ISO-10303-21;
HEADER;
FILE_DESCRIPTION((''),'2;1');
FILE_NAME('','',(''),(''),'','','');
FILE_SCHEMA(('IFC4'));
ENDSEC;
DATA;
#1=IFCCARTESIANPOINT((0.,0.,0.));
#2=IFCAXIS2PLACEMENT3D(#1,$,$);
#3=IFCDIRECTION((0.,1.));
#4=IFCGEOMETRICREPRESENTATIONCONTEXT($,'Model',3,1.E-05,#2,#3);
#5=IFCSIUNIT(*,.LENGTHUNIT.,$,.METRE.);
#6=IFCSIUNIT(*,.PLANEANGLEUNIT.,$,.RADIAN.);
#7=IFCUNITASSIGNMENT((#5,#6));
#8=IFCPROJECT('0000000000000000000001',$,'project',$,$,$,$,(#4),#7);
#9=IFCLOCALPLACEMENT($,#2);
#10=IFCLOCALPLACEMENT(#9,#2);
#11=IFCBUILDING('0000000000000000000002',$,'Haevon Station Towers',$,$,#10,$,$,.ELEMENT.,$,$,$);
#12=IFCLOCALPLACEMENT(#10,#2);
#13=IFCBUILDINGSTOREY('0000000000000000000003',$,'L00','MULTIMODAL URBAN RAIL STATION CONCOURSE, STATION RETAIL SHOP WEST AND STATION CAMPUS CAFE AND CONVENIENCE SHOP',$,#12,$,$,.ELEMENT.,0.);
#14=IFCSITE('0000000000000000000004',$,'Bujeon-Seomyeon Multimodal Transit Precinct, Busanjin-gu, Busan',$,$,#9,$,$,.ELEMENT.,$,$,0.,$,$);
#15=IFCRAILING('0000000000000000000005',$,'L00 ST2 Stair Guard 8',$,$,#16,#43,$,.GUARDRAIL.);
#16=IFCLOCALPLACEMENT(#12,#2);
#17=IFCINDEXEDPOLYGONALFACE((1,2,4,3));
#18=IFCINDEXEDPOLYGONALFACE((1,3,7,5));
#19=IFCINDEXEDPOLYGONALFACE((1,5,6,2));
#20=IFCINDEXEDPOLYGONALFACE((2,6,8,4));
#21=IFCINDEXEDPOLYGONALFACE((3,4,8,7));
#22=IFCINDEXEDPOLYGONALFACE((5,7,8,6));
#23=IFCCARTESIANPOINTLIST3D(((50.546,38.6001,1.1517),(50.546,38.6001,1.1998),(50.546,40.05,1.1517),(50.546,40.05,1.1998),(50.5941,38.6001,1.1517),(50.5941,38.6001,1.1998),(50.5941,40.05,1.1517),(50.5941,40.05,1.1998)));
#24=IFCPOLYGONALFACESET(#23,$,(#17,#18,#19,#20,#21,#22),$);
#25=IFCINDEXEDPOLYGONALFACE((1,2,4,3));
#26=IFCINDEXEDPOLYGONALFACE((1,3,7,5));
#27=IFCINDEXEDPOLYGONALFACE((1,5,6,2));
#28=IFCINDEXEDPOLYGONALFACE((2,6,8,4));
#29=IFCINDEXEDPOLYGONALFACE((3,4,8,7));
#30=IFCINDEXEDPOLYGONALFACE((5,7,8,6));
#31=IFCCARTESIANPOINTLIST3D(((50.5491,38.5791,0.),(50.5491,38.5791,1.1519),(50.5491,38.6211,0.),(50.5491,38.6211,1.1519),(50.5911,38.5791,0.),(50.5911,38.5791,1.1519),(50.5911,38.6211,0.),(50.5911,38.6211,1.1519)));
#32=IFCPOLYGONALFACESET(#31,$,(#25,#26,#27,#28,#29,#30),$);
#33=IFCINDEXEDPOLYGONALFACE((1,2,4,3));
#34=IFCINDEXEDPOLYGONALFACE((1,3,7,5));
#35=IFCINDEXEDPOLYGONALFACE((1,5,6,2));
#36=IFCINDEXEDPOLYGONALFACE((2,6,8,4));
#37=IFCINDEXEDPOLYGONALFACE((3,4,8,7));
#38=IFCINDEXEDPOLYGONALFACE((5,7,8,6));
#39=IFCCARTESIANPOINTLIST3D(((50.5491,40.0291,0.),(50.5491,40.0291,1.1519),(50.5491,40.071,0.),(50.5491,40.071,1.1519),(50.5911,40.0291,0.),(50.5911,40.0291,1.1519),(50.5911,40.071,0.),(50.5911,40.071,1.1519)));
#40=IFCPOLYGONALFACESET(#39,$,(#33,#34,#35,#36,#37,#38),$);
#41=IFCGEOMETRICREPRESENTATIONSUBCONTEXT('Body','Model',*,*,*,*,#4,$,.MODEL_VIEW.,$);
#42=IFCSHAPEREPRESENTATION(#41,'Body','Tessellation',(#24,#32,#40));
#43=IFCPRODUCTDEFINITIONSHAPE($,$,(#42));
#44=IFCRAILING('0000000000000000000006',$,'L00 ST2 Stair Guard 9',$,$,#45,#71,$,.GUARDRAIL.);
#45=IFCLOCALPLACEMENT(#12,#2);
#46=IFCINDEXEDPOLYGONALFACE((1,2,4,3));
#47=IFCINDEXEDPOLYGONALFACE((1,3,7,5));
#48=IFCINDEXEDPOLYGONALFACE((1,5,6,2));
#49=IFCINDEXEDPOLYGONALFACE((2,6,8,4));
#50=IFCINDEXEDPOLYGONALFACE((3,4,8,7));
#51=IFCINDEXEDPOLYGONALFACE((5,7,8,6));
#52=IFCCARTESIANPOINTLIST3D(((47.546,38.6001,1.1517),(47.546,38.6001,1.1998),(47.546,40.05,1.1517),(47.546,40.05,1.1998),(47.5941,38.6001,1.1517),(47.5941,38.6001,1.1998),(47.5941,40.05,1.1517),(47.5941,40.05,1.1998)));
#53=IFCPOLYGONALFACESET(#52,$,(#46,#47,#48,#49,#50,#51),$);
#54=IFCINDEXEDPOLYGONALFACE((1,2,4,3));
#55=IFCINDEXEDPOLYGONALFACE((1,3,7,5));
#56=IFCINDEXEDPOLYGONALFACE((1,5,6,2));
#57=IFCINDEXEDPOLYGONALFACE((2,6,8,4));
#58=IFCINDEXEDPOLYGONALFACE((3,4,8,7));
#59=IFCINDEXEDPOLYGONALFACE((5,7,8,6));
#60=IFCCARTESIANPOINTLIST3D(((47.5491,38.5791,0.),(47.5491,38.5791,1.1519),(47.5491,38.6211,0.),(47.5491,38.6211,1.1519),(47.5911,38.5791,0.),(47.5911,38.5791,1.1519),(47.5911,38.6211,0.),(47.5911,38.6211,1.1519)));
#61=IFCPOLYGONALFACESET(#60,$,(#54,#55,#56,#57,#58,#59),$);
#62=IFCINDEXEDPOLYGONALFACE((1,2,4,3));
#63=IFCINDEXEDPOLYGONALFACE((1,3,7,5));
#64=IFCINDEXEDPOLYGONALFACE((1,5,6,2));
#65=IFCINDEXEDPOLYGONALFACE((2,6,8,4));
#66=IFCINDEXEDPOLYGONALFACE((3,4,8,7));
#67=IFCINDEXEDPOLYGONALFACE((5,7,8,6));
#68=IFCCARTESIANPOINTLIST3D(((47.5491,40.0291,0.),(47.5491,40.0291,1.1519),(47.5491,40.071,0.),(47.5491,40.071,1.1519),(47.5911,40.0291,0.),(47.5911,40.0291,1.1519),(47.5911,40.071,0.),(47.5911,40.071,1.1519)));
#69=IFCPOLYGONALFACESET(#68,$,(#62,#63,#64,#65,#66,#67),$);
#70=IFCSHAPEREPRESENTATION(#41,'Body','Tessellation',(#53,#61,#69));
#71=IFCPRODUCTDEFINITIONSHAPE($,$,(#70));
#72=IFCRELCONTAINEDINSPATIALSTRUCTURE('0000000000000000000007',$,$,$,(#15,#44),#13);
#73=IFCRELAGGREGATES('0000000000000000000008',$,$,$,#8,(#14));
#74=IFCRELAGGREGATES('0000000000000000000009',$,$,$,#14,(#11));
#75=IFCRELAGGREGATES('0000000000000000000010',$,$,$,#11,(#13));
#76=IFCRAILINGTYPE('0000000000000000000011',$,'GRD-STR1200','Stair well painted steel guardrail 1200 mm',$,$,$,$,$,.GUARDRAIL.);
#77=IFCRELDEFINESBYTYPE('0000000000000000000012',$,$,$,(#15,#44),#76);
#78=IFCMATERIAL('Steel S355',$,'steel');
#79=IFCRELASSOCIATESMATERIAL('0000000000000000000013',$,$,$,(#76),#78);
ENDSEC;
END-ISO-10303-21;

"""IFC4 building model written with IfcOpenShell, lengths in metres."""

from ifc_helpers import new_model, si_unit, direction, frame, origin, origin_2d, place, context, subcontext, project, spatial, rectangle, extrude, material, type_object, element, save


model = new_model("IFC4")

# Units and contexts
model_context = context("Model", 3, precision=1e-05, world=origin(), true_north=direction((0.0, 1.0)))
body_context = subcontext(model_context, "Body", "Model", "MODEL_VIEW")
ifc_project = project(units=[si_unit("LENGTHUNIT", "METRE"), si_unit("PLANEANGLEUNIT", "RADIAN")], contexts=[model_context])

# Site, building, storey
site_placement = place(None, origin())
site = spatial("IfcSite", under=ifc_project, at=site_placement, Name="Bujeon-Seomyeon Multimodal Transit Precinct, Busanjin-gu, Busan", CompositionType="ELEMENT", RefElevation=0.0)
building_placement = place(site_placement, origin())
building = spatial("IfcBuilding", under=site, at=building_placement, Name="Haevon Station Towers", CompositionType="ELEMENT")
storey_placement = place(building_placement, origin())
storey = spatial("IfcBuildingStorey", under=building, at=storey_placement, Name="L00", Description="MULTIMODAL URBAN RAIL STATION CONCOURSE, STATION RETAIL SHOP WEST AND STATION CAMPUS CAFE AND CONVENIENCE SHOP", CompositionType="ELEMENT", Elevation=0.0)

# Shared definitions
ifc_material_1 = material(Name="Steel S355", Category="steel")

# Railings
railing_type = type_object("IfcRailingType", Name="GRD-STR1200", Description="Stair well painted steel guardrail 1200 mm", PredefinedType="GUARDRAIL", material=ifc_material_1)
for number, where, name in (
    (1, (50.5701, 38.6001, 0.0), "L00 ST2 Stair Guard 8"),
    (2, (47.5701, 38.6001, 0.0), "L00 ST2 Stair Guard 9"),
):
    element("IfcRailing", number, at=place(storey_placement, frame(where)), inside=storey, type_object=railing_type, Name=name, PredefinedType="GUARDRAIL", context=body_context, shape_type="SweptSolid", body=[
        extrude(rectangle(XDim=0.0481, YDim=0.0481, at=origin_2d()), frame((0.0, 0.0, 1.1758), z_axis=(0.0, 1.0, 0.0), x_axis=(-1.0, 0.0, 0.0)), (0.0, 0.0, 1.0), 1.45),
        extrude(rectangle(XDim=0.042, YDim=0.042, at=origin_2d()), origin(), (0.0, 0.0, 1.0), 1.1519),
        extrude(rectangle(XDim=0.042, YDim=0.042, at=origin_2d()), frame((0.0, 1.45, 0.0)), (0.0, 0.0, 1.0), 1.1519),
    ])

save(model, "model.ifc")
